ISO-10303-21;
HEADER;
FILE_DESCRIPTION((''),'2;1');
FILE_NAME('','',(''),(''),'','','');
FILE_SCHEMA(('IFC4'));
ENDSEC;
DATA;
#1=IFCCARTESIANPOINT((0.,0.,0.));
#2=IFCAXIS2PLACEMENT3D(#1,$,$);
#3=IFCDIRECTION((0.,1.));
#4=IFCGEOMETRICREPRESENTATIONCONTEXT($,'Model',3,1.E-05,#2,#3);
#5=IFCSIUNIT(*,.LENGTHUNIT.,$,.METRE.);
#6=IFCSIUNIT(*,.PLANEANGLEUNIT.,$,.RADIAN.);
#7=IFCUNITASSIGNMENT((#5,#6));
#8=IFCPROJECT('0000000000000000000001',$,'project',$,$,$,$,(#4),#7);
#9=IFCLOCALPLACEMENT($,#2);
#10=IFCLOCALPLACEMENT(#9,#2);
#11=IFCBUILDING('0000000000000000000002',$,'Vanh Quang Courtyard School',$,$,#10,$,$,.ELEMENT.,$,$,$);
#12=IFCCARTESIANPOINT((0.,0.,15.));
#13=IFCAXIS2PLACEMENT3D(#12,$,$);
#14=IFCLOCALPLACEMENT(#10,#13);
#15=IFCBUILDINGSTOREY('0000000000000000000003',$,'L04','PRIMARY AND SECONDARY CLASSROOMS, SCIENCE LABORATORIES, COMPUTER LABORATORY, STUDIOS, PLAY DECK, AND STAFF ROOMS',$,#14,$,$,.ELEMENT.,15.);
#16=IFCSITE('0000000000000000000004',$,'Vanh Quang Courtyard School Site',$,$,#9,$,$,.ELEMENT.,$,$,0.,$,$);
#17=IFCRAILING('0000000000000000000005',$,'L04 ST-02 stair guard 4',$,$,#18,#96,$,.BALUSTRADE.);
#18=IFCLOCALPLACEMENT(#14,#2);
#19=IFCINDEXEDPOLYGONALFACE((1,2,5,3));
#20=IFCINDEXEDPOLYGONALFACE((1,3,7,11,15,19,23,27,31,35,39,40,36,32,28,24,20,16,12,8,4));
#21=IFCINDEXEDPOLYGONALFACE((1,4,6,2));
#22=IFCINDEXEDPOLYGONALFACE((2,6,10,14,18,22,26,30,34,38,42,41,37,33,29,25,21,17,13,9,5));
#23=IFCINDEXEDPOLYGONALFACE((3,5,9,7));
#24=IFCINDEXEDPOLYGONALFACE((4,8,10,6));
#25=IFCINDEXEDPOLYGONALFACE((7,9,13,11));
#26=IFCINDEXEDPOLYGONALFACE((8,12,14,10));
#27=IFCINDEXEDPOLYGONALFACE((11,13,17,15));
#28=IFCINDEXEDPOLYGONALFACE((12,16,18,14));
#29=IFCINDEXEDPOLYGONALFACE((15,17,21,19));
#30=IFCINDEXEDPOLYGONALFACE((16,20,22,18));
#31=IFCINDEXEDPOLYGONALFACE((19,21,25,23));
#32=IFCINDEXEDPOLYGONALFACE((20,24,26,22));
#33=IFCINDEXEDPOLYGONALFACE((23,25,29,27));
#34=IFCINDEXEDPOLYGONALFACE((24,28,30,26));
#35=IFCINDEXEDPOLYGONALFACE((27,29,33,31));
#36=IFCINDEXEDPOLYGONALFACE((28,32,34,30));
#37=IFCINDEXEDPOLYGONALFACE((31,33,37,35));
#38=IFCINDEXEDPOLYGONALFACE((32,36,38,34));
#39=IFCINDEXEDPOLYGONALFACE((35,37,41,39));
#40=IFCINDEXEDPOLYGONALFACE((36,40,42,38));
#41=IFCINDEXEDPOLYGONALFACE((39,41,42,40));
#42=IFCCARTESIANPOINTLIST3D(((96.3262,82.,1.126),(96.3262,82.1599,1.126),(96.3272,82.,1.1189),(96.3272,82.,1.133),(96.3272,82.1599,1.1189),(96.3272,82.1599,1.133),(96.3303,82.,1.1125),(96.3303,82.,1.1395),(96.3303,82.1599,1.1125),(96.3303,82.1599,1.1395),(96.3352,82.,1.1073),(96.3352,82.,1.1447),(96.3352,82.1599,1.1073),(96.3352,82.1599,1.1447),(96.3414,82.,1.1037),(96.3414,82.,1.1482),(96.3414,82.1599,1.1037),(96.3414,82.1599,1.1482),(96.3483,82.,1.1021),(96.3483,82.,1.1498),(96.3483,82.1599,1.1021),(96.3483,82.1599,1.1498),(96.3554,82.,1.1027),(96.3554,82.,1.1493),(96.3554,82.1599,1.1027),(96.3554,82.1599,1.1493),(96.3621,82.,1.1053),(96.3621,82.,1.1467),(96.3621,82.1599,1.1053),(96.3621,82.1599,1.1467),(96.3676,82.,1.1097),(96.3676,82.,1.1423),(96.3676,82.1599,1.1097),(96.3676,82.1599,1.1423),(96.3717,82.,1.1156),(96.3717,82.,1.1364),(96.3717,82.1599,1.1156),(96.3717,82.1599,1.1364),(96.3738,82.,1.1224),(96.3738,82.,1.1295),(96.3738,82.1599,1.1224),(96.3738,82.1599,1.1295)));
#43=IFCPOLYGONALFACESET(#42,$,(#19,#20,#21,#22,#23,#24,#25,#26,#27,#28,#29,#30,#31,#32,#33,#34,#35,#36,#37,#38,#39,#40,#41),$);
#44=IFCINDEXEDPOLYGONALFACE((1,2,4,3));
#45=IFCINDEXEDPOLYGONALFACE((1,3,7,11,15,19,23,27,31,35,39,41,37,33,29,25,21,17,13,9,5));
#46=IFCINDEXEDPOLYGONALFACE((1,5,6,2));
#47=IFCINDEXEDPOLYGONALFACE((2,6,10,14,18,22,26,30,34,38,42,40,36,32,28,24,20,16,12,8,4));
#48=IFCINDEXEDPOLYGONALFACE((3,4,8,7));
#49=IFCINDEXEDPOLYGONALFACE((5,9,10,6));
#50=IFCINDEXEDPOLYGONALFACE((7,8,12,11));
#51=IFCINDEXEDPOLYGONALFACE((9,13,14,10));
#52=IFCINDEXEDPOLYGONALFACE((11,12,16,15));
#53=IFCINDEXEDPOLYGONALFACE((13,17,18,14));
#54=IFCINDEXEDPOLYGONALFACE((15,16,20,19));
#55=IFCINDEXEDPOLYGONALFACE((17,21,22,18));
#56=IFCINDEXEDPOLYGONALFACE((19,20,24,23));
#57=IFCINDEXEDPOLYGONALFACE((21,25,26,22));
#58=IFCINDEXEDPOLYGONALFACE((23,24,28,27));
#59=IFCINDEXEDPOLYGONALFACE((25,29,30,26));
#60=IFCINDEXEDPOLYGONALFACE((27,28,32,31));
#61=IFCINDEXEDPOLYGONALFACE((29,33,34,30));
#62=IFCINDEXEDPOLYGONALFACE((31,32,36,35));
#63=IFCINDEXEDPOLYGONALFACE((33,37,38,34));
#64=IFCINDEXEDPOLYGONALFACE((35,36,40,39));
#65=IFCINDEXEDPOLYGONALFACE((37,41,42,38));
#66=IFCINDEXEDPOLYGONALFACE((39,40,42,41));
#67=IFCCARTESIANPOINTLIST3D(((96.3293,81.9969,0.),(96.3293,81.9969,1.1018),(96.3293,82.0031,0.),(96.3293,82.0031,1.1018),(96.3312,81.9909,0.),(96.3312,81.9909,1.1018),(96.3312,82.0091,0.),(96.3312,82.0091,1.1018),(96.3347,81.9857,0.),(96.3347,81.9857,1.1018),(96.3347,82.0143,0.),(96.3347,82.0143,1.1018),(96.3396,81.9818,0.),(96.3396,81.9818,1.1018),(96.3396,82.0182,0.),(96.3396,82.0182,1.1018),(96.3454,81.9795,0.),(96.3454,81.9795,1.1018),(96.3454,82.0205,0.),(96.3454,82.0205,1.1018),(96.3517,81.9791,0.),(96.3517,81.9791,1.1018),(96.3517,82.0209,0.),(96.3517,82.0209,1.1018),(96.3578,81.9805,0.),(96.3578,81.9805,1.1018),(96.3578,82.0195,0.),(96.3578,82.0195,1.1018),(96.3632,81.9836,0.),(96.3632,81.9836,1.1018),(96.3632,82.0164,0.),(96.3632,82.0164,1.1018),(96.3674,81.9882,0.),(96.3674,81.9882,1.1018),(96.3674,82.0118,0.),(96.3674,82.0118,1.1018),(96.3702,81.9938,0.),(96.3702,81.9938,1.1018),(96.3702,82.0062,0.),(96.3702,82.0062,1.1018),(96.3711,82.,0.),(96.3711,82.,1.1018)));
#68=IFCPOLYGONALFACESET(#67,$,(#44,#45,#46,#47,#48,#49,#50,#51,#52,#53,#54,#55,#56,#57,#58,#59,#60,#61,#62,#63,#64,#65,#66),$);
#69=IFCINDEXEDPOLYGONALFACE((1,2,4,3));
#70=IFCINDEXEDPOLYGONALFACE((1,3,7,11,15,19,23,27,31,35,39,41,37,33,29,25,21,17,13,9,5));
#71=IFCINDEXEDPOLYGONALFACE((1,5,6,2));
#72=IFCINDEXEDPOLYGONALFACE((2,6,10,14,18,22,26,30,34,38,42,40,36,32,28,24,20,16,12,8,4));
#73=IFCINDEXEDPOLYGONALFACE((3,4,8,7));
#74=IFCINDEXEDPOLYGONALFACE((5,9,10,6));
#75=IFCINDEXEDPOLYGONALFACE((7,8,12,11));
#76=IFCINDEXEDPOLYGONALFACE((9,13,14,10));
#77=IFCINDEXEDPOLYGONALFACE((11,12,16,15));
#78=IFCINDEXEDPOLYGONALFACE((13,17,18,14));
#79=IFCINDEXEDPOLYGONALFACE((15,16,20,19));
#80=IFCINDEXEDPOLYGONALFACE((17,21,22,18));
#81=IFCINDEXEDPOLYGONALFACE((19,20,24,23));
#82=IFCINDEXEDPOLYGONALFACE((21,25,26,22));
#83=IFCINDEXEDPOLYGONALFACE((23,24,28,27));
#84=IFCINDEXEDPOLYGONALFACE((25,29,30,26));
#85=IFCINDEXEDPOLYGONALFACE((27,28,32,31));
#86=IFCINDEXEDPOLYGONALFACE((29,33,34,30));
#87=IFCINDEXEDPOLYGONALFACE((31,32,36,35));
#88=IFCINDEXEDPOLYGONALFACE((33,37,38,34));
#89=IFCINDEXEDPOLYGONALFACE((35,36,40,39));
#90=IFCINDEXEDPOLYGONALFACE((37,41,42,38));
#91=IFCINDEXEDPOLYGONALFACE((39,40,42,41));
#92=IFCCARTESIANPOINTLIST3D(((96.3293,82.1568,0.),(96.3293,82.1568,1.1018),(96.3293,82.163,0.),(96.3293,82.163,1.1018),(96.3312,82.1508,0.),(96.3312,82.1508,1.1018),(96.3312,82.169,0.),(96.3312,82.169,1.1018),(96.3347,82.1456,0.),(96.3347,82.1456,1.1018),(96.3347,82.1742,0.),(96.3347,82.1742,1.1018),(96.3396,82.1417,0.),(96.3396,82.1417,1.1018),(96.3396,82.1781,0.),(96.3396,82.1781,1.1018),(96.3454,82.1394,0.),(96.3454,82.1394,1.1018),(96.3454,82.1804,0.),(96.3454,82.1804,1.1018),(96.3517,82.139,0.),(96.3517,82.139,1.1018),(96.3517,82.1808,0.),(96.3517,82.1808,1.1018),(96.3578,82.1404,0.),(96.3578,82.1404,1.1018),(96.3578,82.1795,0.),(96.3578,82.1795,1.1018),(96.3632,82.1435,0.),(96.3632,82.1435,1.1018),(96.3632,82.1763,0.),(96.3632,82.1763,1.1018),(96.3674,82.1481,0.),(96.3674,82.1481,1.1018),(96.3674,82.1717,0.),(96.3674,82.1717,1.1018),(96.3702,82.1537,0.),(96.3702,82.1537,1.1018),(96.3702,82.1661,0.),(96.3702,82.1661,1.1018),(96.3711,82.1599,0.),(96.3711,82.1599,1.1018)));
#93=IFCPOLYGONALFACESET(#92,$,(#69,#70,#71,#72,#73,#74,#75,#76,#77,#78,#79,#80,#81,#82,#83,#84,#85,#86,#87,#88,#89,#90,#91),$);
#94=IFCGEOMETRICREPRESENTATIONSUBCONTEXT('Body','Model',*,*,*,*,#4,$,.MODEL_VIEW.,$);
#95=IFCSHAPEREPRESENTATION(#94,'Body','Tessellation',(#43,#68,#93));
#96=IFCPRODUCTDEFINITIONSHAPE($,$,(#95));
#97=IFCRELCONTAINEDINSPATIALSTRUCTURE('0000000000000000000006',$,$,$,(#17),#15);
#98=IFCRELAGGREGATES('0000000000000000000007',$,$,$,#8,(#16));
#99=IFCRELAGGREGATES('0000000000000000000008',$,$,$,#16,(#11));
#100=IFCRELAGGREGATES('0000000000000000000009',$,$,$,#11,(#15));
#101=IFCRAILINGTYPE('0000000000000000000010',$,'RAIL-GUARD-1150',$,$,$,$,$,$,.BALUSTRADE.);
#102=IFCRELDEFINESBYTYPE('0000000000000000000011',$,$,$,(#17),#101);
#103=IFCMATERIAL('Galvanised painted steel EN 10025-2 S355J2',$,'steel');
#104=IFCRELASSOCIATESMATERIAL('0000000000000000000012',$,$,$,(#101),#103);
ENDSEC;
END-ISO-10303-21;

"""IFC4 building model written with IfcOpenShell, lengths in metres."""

from ifc_helpers import new_model, si_unit, direction, frame, origin, origin_2d, place, context, subcontext, project, spatial, circle, extrude, material, type_object, element, save


model = new_model("IFC4")

# Units and contexts
model_context = context("Model", 3, precision=1e-05, world=origin(), true_north=direction((0.0, 1.0)))
body_context = subcontext(model_context, "Body", "Model", "MODEL_VIEW")
ifc_project = project(units=[si_unit("LENGTHUNIT", "METRE"), si_unit("PLANEANGLEUNIT", "RADIAN")], contexts=[model_context])

# Site, building, storey
site_placement = place(None, origin())
site = spatial("IfcSite", under=ifc_project, at=site_placement, Name="Vanh Quang Courtyard School Site", CompositionType="ELEMENT", RefElevation=0.0)
building_placement = place(site_placement, origin())
building = spatial("IfcBuilding", under=site, at=building_placement, Name="Vanh Quang Courtyard School", CompositionType="ELEMENT")
storey_placement = place(building_placement, frame((0.0, 0.0, 15.0)))
storey = spatial("IfcBuildingStorey", under=building, at=storey_placement, Name="L04", Description="PRIMARY AND SECONDARY CLASSROOMS, SCIENCE LABORATORIES, COMPUTER LABORATORY, STUDIOS, PLAY DECK, AND STAFF ROOMS", CompositionType="ELEMENT", Elevation=15.0)

# Railing
ifc_material_1 = material(Name="Galvanised painted steel EN 10025-2 S355J2", Category="steel")
railing_type_1 = type_object("IfcRailingType", Name="RAIL-GUARD-1150", PredefinedType="BALUSTRADE", material=ifc_material_1)
railing_1_placement = place(storey_placement, frame((96.3501, 82.0, 0.0)))
element("IfcRailing", 1, at=railing_1_placement, inside=storey, type_object=railing_type_1, Name="L04 ST-02 stair guard 4", PredefinedType="BALUSTRADE", context=body_context, shape_type="SweptSolid", body=[
    extrude(circle(Radius=0.0239, at=origin_2d()), frame((0.0, 0.0, 1.126), z_axis=(0.0, 1.0, 0.0), x_axis=(-1.0, 0.0, 0.0)), (0.0, 0.0, 1.0), 0.1599),
    extrude(circle(Radius=0.021, at=origin_2d()), origin(), (0.0, 0.0, 1.0), 1.1018),
    extrude(circle(Radius=0.021, at=origin_2d()), frame((0.0, 0.1599, 0.0)), (0.0, 0.0, 1.0), 1.1018),
])

save(model, "model.ifc")
